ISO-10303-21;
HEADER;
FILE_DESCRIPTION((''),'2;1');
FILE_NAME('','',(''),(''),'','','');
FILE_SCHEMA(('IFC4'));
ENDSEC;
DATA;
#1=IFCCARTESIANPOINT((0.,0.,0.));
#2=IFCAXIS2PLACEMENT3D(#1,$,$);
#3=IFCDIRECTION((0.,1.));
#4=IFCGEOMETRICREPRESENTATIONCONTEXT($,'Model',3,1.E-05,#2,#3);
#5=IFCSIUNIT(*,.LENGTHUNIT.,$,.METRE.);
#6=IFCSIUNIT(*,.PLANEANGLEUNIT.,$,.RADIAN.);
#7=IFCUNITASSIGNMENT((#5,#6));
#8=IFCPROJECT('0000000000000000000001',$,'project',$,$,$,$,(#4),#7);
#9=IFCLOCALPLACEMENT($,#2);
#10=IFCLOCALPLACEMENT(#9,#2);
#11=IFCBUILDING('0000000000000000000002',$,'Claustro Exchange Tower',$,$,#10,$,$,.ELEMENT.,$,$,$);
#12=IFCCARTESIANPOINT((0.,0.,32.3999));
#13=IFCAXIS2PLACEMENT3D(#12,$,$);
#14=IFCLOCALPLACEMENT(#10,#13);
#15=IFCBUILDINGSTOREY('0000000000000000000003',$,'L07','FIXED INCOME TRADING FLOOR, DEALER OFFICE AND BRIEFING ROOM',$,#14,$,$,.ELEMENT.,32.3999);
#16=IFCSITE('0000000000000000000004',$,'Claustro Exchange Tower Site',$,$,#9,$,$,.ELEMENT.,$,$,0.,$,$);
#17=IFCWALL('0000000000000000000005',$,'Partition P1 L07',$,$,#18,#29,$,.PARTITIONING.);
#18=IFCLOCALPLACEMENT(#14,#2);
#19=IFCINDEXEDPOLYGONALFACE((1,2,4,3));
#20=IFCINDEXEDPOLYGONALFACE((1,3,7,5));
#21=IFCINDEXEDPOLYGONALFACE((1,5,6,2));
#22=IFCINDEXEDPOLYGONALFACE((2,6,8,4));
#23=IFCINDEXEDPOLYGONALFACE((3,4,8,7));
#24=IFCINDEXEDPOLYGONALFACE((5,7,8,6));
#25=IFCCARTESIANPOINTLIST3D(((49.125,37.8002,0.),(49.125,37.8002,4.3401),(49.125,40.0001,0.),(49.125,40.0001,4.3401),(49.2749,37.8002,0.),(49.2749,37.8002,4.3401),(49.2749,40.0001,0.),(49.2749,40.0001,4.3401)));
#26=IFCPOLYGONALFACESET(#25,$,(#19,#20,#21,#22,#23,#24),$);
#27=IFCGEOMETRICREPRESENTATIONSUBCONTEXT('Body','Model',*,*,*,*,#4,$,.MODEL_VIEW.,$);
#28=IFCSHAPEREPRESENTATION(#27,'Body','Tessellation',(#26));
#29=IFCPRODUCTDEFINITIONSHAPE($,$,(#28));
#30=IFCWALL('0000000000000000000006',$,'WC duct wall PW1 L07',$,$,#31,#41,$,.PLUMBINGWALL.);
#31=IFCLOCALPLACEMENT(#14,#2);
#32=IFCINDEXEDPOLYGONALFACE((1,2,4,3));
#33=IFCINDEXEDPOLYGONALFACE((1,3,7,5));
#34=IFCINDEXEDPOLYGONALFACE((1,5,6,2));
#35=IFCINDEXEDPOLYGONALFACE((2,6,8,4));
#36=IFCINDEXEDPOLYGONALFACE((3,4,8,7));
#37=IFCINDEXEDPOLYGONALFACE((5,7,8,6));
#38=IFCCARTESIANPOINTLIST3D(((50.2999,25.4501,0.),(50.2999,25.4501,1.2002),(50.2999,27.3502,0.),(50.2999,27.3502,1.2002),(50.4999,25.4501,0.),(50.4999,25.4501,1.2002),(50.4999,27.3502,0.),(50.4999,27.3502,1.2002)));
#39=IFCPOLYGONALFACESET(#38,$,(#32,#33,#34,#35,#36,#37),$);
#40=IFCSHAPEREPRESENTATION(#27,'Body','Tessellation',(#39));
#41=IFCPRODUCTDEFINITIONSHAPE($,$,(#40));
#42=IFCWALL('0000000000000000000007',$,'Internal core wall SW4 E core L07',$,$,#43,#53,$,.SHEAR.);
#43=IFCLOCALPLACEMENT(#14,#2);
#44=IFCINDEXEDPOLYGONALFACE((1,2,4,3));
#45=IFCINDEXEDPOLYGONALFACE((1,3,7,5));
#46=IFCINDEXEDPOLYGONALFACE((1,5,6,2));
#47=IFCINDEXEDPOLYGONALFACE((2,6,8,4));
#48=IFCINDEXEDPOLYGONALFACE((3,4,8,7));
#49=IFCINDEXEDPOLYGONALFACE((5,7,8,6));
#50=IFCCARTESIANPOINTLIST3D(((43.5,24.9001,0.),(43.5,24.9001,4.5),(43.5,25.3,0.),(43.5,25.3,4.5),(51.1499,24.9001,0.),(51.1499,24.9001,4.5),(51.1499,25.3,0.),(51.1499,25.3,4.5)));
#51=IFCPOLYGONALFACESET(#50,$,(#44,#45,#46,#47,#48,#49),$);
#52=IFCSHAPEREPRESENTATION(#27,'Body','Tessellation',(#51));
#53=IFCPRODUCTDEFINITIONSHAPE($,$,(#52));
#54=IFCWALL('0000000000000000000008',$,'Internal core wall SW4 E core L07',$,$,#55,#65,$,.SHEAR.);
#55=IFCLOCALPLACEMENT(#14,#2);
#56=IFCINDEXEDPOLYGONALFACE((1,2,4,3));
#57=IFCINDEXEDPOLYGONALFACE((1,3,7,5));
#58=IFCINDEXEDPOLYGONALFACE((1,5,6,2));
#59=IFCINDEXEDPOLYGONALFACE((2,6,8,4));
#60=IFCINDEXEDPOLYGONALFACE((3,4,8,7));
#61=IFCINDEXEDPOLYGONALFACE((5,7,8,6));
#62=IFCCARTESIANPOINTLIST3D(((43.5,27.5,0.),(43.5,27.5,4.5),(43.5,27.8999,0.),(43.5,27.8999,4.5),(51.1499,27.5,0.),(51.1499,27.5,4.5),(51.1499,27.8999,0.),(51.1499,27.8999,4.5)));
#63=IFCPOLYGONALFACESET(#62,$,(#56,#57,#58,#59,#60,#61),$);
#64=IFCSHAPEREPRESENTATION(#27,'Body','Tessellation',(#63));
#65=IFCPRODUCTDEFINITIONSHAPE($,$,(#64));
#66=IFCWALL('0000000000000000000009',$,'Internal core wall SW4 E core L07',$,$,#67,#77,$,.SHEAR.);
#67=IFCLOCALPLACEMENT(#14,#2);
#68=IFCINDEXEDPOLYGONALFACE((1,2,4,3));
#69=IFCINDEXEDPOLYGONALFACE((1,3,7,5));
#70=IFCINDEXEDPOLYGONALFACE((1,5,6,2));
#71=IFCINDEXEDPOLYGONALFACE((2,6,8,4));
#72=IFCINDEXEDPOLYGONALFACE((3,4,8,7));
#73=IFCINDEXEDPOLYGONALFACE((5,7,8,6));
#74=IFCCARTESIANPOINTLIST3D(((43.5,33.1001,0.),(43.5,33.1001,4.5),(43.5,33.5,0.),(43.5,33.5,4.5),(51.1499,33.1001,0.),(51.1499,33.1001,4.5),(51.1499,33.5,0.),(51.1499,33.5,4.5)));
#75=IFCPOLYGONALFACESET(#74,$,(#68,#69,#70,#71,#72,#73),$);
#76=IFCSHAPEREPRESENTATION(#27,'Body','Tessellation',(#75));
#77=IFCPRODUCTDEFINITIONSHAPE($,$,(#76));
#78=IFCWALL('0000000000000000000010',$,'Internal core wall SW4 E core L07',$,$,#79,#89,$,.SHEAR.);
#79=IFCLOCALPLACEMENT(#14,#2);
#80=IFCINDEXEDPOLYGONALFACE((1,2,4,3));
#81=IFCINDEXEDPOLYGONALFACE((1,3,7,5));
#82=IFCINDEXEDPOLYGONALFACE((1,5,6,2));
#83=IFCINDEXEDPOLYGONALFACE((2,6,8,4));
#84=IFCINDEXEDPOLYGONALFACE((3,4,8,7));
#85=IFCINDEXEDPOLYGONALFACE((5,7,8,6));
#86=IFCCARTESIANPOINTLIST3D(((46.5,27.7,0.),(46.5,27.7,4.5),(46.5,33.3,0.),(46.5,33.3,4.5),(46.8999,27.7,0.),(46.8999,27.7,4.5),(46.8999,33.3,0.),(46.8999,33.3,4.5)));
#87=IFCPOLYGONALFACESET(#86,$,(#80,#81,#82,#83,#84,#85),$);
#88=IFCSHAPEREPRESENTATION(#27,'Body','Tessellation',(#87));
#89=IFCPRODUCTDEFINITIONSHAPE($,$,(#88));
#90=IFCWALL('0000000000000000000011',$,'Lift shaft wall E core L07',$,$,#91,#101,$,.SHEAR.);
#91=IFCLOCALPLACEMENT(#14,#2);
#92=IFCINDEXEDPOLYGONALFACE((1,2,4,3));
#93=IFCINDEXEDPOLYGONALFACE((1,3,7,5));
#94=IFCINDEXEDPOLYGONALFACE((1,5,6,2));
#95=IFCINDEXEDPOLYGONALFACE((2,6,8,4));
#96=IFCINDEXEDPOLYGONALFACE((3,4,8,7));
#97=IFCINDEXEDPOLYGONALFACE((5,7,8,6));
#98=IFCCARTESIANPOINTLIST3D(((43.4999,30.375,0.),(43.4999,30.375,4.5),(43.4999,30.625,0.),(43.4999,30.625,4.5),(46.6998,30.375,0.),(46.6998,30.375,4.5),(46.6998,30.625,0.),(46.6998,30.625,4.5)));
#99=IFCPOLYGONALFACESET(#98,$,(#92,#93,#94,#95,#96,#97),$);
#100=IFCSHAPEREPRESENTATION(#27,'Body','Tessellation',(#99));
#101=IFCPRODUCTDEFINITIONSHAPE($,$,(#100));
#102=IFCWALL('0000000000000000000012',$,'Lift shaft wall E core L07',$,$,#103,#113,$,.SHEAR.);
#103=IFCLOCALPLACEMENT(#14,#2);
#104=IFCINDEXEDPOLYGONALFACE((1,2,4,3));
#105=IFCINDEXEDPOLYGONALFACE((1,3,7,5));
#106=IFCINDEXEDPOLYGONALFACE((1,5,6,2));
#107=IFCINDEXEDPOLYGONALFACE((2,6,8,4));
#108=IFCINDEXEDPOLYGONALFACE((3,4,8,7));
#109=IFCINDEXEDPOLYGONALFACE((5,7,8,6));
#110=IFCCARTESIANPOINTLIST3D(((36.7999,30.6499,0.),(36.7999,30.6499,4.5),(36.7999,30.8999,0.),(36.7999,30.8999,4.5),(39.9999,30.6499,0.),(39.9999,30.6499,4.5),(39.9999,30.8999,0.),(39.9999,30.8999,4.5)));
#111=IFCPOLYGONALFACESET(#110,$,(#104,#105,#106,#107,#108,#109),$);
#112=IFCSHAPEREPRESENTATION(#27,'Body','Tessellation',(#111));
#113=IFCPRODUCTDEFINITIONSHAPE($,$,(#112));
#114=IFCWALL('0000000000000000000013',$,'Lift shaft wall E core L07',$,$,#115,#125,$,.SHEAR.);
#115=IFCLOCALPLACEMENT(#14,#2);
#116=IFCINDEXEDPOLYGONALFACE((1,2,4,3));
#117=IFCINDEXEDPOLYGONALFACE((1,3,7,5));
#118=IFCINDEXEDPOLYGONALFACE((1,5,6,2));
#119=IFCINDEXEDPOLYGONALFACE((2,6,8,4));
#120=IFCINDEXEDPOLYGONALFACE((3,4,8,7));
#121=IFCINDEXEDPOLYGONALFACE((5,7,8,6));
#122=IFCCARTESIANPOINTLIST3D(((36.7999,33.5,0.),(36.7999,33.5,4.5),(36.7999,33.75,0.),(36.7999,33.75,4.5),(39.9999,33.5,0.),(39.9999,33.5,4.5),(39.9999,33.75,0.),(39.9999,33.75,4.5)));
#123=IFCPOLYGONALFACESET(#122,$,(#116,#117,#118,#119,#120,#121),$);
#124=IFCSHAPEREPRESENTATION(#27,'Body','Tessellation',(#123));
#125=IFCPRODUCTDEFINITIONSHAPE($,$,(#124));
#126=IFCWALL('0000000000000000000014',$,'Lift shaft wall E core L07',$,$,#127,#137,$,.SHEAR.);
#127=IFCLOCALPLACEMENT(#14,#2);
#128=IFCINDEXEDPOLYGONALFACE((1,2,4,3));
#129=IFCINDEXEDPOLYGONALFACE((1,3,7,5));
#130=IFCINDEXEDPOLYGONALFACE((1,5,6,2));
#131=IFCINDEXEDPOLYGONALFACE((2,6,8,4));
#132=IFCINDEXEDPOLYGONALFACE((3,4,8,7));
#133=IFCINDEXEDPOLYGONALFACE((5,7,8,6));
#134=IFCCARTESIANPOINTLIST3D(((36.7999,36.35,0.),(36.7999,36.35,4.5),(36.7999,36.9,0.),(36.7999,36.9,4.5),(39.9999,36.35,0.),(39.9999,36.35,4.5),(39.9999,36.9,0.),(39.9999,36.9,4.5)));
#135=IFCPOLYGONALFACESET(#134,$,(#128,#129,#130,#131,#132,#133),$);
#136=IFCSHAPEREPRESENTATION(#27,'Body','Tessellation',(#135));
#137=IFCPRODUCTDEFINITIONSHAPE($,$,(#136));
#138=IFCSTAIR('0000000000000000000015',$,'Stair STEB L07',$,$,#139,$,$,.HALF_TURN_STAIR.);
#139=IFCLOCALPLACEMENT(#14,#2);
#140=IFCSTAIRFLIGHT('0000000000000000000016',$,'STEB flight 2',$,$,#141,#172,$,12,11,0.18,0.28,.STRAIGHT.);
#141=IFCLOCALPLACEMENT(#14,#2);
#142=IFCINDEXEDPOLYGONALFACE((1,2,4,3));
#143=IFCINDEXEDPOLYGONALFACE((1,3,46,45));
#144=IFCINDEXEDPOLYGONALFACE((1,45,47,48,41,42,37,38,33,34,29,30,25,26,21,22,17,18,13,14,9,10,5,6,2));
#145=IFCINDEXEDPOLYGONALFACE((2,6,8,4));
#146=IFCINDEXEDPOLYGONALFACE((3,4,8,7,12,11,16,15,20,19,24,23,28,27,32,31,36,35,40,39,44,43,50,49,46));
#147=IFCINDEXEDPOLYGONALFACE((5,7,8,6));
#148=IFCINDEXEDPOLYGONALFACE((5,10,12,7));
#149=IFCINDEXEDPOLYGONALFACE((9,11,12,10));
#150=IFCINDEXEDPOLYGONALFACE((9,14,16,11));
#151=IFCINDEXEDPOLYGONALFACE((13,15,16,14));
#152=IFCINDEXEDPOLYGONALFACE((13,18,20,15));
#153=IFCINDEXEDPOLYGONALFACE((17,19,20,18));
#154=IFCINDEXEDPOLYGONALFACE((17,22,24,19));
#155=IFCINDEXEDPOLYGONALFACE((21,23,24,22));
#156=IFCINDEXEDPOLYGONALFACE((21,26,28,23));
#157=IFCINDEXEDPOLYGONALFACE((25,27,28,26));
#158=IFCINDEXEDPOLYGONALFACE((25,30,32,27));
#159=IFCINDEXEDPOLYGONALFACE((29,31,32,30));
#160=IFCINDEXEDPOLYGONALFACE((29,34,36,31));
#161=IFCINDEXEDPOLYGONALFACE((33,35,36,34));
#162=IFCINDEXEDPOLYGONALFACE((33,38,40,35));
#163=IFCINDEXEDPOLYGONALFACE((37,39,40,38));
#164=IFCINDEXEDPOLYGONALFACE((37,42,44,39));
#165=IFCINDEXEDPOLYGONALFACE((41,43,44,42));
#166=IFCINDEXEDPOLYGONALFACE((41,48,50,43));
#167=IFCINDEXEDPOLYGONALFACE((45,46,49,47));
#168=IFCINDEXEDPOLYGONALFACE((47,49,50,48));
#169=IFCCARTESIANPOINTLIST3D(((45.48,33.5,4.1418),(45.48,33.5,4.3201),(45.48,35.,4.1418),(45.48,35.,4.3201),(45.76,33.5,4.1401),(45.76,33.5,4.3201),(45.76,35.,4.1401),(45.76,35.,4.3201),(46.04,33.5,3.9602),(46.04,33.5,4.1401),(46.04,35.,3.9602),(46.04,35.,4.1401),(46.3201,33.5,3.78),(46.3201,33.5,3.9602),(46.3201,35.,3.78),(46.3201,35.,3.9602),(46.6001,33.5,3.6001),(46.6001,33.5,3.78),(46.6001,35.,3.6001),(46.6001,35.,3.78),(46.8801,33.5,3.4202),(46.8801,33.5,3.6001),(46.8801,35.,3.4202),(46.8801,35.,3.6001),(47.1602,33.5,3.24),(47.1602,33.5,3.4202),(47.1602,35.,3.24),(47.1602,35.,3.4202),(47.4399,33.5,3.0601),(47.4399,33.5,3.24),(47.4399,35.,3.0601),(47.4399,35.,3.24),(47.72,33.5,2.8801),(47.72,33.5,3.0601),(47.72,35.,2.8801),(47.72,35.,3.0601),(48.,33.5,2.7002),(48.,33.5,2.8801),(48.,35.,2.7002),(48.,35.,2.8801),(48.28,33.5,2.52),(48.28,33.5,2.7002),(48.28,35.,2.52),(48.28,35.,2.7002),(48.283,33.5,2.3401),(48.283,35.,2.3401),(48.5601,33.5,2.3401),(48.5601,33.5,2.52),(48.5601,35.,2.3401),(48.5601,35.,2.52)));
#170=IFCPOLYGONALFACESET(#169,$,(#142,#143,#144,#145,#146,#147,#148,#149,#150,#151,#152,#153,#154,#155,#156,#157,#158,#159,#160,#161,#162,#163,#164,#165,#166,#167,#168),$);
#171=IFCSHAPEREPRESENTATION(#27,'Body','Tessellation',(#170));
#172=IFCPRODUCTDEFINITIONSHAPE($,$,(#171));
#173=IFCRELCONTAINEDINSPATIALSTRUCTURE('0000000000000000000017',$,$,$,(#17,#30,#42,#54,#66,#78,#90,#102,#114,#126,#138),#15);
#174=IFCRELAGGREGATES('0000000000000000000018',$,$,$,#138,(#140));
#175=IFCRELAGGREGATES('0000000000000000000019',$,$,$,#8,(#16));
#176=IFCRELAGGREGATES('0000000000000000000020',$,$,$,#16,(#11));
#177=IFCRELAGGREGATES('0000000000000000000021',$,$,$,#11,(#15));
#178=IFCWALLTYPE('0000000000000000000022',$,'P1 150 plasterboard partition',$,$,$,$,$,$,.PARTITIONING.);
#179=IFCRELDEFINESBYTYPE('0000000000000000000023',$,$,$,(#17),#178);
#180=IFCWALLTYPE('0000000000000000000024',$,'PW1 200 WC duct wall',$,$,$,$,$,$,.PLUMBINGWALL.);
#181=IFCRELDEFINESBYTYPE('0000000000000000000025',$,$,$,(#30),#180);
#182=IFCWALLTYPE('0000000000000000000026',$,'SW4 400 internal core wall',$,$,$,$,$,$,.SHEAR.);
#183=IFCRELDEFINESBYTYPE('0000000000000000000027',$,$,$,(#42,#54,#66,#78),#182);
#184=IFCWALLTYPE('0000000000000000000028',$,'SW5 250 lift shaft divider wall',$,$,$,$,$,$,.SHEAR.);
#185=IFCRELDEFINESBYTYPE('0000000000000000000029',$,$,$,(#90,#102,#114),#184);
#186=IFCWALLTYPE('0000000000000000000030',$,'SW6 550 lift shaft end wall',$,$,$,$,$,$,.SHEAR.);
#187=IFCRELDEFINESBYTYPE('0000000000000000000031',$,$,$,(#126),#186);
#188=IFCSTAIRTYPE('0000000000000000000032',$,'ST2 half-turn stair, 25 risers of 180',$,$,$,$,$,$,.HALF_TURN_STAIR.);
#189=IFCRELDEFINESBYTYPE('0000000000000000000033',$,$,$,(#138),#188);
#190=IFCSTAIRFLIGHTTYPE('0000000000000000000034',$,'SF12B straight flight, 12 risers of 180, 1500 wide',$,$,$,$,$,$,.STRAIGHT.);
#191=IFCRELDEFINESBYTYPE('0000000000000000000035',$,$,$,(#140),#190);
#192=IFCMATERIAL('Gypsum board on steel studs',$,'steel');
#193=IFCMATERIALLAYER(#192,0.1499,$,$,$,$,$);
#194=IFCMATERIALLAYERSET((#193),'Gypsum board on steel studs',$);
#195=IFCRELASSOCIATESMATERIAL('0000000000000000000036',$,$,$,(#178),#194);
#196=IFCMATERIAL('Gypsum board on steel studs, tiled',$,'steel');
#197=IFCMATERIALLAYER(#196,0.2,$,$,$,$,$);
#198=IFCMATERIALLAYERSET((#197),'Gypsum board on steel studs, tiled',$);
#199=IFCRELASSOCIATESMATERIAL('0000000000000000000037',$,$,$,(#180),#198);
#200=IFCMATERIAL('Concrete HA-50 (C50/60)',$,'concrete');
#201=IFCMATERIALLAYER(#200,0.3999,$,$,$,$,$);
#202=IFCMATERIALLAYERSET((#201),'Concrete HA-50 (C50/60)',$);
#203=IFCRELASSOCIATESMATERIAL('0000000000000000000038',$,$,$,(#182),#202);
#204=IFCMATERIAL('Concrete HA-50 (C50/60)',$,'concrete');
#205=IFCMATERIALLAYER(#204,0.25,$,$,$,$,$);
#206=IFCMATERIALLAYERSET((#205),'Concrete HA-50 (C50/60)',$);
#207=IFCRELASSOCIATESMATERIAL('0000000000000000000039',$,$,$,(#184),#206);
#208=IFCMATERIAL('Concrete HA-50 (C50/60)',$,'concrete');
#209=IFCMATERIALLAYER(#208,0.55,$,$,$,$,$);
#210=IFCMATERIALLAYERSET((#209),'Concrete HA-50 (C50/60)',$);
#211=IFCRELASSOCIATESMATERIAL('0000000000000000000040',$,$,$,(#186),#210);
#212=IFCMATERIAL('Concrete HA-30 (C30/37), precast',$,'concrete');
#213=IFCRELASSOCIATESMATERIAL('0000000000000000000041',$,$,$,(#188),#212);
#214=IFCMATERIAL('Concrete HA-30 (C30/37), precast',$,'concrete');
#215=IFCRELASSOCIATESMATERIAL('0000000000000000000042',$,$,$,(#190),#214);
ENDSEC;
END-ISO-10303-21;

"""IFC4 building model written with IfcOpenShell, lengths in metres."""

from ifc_helpers import new_model, si_unit, direction, frame, frame_2d, origin, place, context, subcontext, project, spatial, polyline, rectangle, outline, extrude, material, layer, layer_set, type_object, element, aggregate, save


model = new_model("IFC4")

# Units and contexts
model_context = context("Model", 3, precision=1e-05, world=origin(), true_north=direction((0.0, 1.0)))
body_context = subcontext(model_context, "Body", "Model", "MODEL_VIEW")
ifc_project = project(units=[si_unit("LENGTHUNIT", "METRE"), si_unit("PLANEANGLEUNIT", "RADIAN")], contexts=[model_context])

# Site, building, storey
site_placement = place(None, origin())
site = spatial("IfcSite", under=ifc_project, at=site_placement, Name="Claustro Exchange Tower Site", CompositionType="ELEMENT", RefElevation=0.0)
building_placement = place(site_placement, origin())
building = spatial("IfcBuilding", under=site, at=building_placement, Name="Claustro Exchange Tower", CompositionType="ELEMENT")
storey_placement = place(building_placement, frame((0.0, 0.0, 32.3999)))
storey = spatial("IfcBuildingStorey", under=building, at=storey_placement, Name="L07", Description="FIXED INCOME TRADING FLOOR, DEALER OFFICE AND BRIEFING ROOM", CompositionType="ELEMENT", Elevation=32.3999)

# Walls
ifc_material_1 = material(Name="Gypsum board on steel studs", Category="steel")
ifc_layer_1 = layer(ifc_material_1, 0.1499)
ifc_layer_set_1 = layer_set([ifc_layer_1], Name="Gypsum board on steel studs")
wall_type_1 = type_object("IfcWallType", Name="P1 150 plasterboard partition", PredefinedType="PARTITIONING", material=ifc_layer_set_1)
wall_1_placement = place(storey_placement, frame((49.2, 37.8, 0.0), z_axis=(0.0, 0.0, 1.0), x_axis=(0.0, 1.0, 0.0)))
element("IfcWall", 1, at=wall_1_placement, inside=storey, type_object=wall_type_1, Name="Partition P1 L07", PredefinedType="PARTITIONING", context=body_context, shape_type="SweptSolid", body=[
    extrude(rectangle(XDim=2.2, YDim=0.1499, at=frame_2d((1.1001, 0.0))), origin(), (0.0, 0.0, 1.0), 4.3401),
])
ifc_material_2 = material(Name="Gypsum board on steel studs, tiled", Category="steel")
ifc_layer_2 = layer(ifc_material_2, 0.2)
ifc_layer_set_2 = layer_set([ifc_layer_2], Name="Gypsum board on steel studs, tiled")
wall_type_2 = type_object("IfcWallType", Name="PW1 200 WC duct wall", PredefinedType="PLUMBINGWALL", material=ifc_layer_set_2)
wall_2_placement = place(storey_placement, frame((50.3999, 25.45, 0.0), z_axis=(0.0, 0.0, 1.0), x_axis=(0.0, 1.0, 0.0)))
element("IfcWall", 2, at=wall_2_placement, inside=storey, type_object=wall_type_2, Name="WC duct wall PW1 L07", PredefinedType="PLUMBINGWALL", context=body_context, shape_type="SweptSolid", body=[
    extrude(rectangle(XDim=1.9001, YDim=0.2, at=frame_2d((0.9502, 0.0))), origin(), (0.0, 0.0, 1.0), 1.2002),
])
ifc_material_3 = material(Name="Concrete HA-50 (C50/60)", Category="concrete")
ifc_layer_3 = layer(ifc_material_3, 0.3999)
ifc_layer_set_3 = layer_set([ifc_layer_3], Name="Concrete HA-50 (C50/60)")
wall_type_3 = type_object("IfcWallType", Name="SW4 400 internal core wall", PredefinedType="SHEAR", material=ifc_layer_set_3)
for number, where, z_axis, x_axis, name in (
    (3, (51.1499, 25.1001, 0.0), (0.0, 0.0, 1.0), (-1.0, 0.0, 0.0), "Internal core wall SW4 E core L07"),
    (4, (51.1499, 27.7, 0.0), (0.0, 0.0, 1.0), (-1.0, 0.0, 0.0), "Internal core wall SW4 E core L07"),
    (5, (51.1499, 33.3, 0.0), (0.0, 0.0, 1.0), (-1.0, 0.0, 0.0), "Internal core wall SW4 E core L07"),
):
    element("IfcWall", number, at=place(storey_placement, frame(where, z_axis=z_axis, x_axis=x_axis)), inside=storey, type_object=wall_type_3, Name=name, PredefinedType="SHEAR", context=body_context, shape_type="SweptSolid", body=[
        extrude(rectangle(XDim=7.6499, YDim=0.3999, at=frame_2d((3.825, 0.0))), origin(), (0.0, 0.0, 1.0), 4.5),
    ])
wall_3_placement = place(storey_placement, frame((46.7, 27.7, 0.0), z_axis=(0.0, 0.0, 1.0), x_axis=(0.0, 1.0, 0.0)))
element("IfcWall", 6, at=wall_3_placement, inside=storey, type_object=wall_type_3, Name="Internal core wall SW4 E core L07", PredefinedType="SHEAR", context=body_context, shape_type="SweptSolid", body=[
    extrude(rectangle(XDim=5.6001, YDim=0.3999, at=frame_2d((2.8, 0.0))), origin(), (0.0, 0.0, 1.0), 4.5),
])
ifc_material_4 = material(Name="Concrete HA-50 (C50/60)", Category="concrete")
ifc_layer_4 = layer(ifc_material_4, 0.25)
ifc_layer_set_4 = layer_set([ifc_layer_4], Name="Concrete HA-50 (C50/60)")
wall_type_4 = type_object("IfcWallType", Name="SW5 250 lift shaft divider wall", PredefinedType="SHEAR", material=ifc_layer_set_4)
for number, where, z_axis, x_axis, name in (
    (7, (46.7, 30.5, 0.0), (0.0, 0.0, 1.0), (-1.0, 0.0, 0.0), "Lift shaft wall E core L07"),
    (8, (40.0, 30.7749, 0.0), (0.0, 0.0, 1.0), (-1.0, 0.0, 0.0), "Lift shaft wall E core L07"),
    (9, (40.0, 33.625, 0.0), (0.0, 0.0, 1.0), (-1.0, 0.0, 0.0), "Lift shaft wall E core L07"),
):
    element("IfcWall", number, at=place(storey_placement, frame(where, z_axis=z_axis, x_axis=x_axis)), inside=storey, type_object=wall_type_4, Name=name, PredefinedType="SHEAR", context=body_context, shape_type="SweptSolid", body=[
        extrude(rectangle(XDim=3.2, YDim=0.25, at=frame_2d((1.6001, 0.0))), origin(), (0.0, 0.0, 1.0), 4.5),
    ])
ifc_material_5 = material(Name="Concrete HA-50 (C50/60)", Category="concrete")
ifc_layer_5 = layer(ifc_material_5, 0.55)
ifc_layer_set_5 = layer_set([ifc_layer_5], Name="Concrete HA-50 (C50/60)")
wall_type_5 = type_object("IfcWallType", Name="SW6 550 lift shaft end wall", PredefinedType="SHEAR", material=ifc_layer_set_5)
wall_4_placement = place(storey_placement, frame((40.0, 36.625, 0.0), z_axis=(0.0, 0.0, 1.0), x_axis=(-1.0, 0.0, 0.0)))
element("IfcWall", 10, at=wall_4_placement, inside=storey, type_object=wall_type_5, Name="Lift shaft wall E core L07", PredefinedType="SHEAR", context=body_context, shape_type="SweptSolid", body=[
    extrude(rectangle(XDim=3.2, YDim=0.55, at=frame_2d((1.6001, 0.0))), origin(), (0.0, 0.0, 1.0), 4.5),
])

# Stair, stair flight
ifc_material_6 = material(Name="Concrete HA-30 (C30/37), precast", Category="concrete")
stair_type = type_object("IfcStairType", Name="ST2 half-turn stair, 25 risers of 180", PredefinedType="HALF_TURN_STAIR", material=ifc_material_6)
stair_placement = place(storey_placement, origin())
stair = element("IfcStair", 11, at=stair_placement, inside=storey, type_object=stair_type, Name="Stair STEB L07", PredefinedType="HALF_TURN_STAIR")
ifc_material_7 = material(Name="Concrete HA-30 (C30/37), precast", Category="concrete")
stair_flight_type_1 = type_object("IfcStairFlightType", Name="SF12B straight flight, 12 risers of 180, 1500 wide", PredefinedType="STRAIGHT", material=ifc_material_7)
stair_flight_1_placement = place(storey_placement, frame((48.5601, 34.25, 2.3401), z_axis=(0.0, 0.0, 1.0), x_axis=(-1.0, 0.0, 0.0)))
stair_flight_1 = element("IfcStairFlight", 12, at=stair_flight_1_placement, type_object=stair_flight_type_1, Name="STEB flight 2", NumberOfRisers=12, NumberOfTreads=11, PredefinedType="STRAIGHT", RiserHeight=0.18, TreadLength=0.28, context=body_context, shape_type="SweptSolid", body=[
    extrude(outline(polyline([(0.0, 0.0), (0.0, 0.1799), (0.28, 0.1799), (0.28, 0.3601), (0.5601, 0.3601), (0.5601, 0.54), (0.8401, 0.54), (0.8401, 0.72), (1.1201, 0.72), (1.1201, 0.8999), (1.3999, 0.8999), (1.3999, 1.0801), (1.6799, 1.0801), (1.6799, 1.26), (1.96, 1.26), (1.96, 1.4399), (2.24, 1.4399), (2.24, 1.6201), (2.52, 1.6201), (2.52, 1.8), (2.8, 1.8), (2.8, 1.98), (3.0801, 1.98), (3.0801, 2.1599), (3.0801, 1.8018), (0.2771, 0.0), (0.0, 0.0)])), frame((0.0, 0.75, 0.0), z_axis=(0.0, -1.0, 0.0), x_axis=(1.0, 0.0, 0.0)), (0.0, 0.0, 1.0), 1.5),
])
aggregate(stair, [stair_flight_1])

save(model, "model.ifc")
